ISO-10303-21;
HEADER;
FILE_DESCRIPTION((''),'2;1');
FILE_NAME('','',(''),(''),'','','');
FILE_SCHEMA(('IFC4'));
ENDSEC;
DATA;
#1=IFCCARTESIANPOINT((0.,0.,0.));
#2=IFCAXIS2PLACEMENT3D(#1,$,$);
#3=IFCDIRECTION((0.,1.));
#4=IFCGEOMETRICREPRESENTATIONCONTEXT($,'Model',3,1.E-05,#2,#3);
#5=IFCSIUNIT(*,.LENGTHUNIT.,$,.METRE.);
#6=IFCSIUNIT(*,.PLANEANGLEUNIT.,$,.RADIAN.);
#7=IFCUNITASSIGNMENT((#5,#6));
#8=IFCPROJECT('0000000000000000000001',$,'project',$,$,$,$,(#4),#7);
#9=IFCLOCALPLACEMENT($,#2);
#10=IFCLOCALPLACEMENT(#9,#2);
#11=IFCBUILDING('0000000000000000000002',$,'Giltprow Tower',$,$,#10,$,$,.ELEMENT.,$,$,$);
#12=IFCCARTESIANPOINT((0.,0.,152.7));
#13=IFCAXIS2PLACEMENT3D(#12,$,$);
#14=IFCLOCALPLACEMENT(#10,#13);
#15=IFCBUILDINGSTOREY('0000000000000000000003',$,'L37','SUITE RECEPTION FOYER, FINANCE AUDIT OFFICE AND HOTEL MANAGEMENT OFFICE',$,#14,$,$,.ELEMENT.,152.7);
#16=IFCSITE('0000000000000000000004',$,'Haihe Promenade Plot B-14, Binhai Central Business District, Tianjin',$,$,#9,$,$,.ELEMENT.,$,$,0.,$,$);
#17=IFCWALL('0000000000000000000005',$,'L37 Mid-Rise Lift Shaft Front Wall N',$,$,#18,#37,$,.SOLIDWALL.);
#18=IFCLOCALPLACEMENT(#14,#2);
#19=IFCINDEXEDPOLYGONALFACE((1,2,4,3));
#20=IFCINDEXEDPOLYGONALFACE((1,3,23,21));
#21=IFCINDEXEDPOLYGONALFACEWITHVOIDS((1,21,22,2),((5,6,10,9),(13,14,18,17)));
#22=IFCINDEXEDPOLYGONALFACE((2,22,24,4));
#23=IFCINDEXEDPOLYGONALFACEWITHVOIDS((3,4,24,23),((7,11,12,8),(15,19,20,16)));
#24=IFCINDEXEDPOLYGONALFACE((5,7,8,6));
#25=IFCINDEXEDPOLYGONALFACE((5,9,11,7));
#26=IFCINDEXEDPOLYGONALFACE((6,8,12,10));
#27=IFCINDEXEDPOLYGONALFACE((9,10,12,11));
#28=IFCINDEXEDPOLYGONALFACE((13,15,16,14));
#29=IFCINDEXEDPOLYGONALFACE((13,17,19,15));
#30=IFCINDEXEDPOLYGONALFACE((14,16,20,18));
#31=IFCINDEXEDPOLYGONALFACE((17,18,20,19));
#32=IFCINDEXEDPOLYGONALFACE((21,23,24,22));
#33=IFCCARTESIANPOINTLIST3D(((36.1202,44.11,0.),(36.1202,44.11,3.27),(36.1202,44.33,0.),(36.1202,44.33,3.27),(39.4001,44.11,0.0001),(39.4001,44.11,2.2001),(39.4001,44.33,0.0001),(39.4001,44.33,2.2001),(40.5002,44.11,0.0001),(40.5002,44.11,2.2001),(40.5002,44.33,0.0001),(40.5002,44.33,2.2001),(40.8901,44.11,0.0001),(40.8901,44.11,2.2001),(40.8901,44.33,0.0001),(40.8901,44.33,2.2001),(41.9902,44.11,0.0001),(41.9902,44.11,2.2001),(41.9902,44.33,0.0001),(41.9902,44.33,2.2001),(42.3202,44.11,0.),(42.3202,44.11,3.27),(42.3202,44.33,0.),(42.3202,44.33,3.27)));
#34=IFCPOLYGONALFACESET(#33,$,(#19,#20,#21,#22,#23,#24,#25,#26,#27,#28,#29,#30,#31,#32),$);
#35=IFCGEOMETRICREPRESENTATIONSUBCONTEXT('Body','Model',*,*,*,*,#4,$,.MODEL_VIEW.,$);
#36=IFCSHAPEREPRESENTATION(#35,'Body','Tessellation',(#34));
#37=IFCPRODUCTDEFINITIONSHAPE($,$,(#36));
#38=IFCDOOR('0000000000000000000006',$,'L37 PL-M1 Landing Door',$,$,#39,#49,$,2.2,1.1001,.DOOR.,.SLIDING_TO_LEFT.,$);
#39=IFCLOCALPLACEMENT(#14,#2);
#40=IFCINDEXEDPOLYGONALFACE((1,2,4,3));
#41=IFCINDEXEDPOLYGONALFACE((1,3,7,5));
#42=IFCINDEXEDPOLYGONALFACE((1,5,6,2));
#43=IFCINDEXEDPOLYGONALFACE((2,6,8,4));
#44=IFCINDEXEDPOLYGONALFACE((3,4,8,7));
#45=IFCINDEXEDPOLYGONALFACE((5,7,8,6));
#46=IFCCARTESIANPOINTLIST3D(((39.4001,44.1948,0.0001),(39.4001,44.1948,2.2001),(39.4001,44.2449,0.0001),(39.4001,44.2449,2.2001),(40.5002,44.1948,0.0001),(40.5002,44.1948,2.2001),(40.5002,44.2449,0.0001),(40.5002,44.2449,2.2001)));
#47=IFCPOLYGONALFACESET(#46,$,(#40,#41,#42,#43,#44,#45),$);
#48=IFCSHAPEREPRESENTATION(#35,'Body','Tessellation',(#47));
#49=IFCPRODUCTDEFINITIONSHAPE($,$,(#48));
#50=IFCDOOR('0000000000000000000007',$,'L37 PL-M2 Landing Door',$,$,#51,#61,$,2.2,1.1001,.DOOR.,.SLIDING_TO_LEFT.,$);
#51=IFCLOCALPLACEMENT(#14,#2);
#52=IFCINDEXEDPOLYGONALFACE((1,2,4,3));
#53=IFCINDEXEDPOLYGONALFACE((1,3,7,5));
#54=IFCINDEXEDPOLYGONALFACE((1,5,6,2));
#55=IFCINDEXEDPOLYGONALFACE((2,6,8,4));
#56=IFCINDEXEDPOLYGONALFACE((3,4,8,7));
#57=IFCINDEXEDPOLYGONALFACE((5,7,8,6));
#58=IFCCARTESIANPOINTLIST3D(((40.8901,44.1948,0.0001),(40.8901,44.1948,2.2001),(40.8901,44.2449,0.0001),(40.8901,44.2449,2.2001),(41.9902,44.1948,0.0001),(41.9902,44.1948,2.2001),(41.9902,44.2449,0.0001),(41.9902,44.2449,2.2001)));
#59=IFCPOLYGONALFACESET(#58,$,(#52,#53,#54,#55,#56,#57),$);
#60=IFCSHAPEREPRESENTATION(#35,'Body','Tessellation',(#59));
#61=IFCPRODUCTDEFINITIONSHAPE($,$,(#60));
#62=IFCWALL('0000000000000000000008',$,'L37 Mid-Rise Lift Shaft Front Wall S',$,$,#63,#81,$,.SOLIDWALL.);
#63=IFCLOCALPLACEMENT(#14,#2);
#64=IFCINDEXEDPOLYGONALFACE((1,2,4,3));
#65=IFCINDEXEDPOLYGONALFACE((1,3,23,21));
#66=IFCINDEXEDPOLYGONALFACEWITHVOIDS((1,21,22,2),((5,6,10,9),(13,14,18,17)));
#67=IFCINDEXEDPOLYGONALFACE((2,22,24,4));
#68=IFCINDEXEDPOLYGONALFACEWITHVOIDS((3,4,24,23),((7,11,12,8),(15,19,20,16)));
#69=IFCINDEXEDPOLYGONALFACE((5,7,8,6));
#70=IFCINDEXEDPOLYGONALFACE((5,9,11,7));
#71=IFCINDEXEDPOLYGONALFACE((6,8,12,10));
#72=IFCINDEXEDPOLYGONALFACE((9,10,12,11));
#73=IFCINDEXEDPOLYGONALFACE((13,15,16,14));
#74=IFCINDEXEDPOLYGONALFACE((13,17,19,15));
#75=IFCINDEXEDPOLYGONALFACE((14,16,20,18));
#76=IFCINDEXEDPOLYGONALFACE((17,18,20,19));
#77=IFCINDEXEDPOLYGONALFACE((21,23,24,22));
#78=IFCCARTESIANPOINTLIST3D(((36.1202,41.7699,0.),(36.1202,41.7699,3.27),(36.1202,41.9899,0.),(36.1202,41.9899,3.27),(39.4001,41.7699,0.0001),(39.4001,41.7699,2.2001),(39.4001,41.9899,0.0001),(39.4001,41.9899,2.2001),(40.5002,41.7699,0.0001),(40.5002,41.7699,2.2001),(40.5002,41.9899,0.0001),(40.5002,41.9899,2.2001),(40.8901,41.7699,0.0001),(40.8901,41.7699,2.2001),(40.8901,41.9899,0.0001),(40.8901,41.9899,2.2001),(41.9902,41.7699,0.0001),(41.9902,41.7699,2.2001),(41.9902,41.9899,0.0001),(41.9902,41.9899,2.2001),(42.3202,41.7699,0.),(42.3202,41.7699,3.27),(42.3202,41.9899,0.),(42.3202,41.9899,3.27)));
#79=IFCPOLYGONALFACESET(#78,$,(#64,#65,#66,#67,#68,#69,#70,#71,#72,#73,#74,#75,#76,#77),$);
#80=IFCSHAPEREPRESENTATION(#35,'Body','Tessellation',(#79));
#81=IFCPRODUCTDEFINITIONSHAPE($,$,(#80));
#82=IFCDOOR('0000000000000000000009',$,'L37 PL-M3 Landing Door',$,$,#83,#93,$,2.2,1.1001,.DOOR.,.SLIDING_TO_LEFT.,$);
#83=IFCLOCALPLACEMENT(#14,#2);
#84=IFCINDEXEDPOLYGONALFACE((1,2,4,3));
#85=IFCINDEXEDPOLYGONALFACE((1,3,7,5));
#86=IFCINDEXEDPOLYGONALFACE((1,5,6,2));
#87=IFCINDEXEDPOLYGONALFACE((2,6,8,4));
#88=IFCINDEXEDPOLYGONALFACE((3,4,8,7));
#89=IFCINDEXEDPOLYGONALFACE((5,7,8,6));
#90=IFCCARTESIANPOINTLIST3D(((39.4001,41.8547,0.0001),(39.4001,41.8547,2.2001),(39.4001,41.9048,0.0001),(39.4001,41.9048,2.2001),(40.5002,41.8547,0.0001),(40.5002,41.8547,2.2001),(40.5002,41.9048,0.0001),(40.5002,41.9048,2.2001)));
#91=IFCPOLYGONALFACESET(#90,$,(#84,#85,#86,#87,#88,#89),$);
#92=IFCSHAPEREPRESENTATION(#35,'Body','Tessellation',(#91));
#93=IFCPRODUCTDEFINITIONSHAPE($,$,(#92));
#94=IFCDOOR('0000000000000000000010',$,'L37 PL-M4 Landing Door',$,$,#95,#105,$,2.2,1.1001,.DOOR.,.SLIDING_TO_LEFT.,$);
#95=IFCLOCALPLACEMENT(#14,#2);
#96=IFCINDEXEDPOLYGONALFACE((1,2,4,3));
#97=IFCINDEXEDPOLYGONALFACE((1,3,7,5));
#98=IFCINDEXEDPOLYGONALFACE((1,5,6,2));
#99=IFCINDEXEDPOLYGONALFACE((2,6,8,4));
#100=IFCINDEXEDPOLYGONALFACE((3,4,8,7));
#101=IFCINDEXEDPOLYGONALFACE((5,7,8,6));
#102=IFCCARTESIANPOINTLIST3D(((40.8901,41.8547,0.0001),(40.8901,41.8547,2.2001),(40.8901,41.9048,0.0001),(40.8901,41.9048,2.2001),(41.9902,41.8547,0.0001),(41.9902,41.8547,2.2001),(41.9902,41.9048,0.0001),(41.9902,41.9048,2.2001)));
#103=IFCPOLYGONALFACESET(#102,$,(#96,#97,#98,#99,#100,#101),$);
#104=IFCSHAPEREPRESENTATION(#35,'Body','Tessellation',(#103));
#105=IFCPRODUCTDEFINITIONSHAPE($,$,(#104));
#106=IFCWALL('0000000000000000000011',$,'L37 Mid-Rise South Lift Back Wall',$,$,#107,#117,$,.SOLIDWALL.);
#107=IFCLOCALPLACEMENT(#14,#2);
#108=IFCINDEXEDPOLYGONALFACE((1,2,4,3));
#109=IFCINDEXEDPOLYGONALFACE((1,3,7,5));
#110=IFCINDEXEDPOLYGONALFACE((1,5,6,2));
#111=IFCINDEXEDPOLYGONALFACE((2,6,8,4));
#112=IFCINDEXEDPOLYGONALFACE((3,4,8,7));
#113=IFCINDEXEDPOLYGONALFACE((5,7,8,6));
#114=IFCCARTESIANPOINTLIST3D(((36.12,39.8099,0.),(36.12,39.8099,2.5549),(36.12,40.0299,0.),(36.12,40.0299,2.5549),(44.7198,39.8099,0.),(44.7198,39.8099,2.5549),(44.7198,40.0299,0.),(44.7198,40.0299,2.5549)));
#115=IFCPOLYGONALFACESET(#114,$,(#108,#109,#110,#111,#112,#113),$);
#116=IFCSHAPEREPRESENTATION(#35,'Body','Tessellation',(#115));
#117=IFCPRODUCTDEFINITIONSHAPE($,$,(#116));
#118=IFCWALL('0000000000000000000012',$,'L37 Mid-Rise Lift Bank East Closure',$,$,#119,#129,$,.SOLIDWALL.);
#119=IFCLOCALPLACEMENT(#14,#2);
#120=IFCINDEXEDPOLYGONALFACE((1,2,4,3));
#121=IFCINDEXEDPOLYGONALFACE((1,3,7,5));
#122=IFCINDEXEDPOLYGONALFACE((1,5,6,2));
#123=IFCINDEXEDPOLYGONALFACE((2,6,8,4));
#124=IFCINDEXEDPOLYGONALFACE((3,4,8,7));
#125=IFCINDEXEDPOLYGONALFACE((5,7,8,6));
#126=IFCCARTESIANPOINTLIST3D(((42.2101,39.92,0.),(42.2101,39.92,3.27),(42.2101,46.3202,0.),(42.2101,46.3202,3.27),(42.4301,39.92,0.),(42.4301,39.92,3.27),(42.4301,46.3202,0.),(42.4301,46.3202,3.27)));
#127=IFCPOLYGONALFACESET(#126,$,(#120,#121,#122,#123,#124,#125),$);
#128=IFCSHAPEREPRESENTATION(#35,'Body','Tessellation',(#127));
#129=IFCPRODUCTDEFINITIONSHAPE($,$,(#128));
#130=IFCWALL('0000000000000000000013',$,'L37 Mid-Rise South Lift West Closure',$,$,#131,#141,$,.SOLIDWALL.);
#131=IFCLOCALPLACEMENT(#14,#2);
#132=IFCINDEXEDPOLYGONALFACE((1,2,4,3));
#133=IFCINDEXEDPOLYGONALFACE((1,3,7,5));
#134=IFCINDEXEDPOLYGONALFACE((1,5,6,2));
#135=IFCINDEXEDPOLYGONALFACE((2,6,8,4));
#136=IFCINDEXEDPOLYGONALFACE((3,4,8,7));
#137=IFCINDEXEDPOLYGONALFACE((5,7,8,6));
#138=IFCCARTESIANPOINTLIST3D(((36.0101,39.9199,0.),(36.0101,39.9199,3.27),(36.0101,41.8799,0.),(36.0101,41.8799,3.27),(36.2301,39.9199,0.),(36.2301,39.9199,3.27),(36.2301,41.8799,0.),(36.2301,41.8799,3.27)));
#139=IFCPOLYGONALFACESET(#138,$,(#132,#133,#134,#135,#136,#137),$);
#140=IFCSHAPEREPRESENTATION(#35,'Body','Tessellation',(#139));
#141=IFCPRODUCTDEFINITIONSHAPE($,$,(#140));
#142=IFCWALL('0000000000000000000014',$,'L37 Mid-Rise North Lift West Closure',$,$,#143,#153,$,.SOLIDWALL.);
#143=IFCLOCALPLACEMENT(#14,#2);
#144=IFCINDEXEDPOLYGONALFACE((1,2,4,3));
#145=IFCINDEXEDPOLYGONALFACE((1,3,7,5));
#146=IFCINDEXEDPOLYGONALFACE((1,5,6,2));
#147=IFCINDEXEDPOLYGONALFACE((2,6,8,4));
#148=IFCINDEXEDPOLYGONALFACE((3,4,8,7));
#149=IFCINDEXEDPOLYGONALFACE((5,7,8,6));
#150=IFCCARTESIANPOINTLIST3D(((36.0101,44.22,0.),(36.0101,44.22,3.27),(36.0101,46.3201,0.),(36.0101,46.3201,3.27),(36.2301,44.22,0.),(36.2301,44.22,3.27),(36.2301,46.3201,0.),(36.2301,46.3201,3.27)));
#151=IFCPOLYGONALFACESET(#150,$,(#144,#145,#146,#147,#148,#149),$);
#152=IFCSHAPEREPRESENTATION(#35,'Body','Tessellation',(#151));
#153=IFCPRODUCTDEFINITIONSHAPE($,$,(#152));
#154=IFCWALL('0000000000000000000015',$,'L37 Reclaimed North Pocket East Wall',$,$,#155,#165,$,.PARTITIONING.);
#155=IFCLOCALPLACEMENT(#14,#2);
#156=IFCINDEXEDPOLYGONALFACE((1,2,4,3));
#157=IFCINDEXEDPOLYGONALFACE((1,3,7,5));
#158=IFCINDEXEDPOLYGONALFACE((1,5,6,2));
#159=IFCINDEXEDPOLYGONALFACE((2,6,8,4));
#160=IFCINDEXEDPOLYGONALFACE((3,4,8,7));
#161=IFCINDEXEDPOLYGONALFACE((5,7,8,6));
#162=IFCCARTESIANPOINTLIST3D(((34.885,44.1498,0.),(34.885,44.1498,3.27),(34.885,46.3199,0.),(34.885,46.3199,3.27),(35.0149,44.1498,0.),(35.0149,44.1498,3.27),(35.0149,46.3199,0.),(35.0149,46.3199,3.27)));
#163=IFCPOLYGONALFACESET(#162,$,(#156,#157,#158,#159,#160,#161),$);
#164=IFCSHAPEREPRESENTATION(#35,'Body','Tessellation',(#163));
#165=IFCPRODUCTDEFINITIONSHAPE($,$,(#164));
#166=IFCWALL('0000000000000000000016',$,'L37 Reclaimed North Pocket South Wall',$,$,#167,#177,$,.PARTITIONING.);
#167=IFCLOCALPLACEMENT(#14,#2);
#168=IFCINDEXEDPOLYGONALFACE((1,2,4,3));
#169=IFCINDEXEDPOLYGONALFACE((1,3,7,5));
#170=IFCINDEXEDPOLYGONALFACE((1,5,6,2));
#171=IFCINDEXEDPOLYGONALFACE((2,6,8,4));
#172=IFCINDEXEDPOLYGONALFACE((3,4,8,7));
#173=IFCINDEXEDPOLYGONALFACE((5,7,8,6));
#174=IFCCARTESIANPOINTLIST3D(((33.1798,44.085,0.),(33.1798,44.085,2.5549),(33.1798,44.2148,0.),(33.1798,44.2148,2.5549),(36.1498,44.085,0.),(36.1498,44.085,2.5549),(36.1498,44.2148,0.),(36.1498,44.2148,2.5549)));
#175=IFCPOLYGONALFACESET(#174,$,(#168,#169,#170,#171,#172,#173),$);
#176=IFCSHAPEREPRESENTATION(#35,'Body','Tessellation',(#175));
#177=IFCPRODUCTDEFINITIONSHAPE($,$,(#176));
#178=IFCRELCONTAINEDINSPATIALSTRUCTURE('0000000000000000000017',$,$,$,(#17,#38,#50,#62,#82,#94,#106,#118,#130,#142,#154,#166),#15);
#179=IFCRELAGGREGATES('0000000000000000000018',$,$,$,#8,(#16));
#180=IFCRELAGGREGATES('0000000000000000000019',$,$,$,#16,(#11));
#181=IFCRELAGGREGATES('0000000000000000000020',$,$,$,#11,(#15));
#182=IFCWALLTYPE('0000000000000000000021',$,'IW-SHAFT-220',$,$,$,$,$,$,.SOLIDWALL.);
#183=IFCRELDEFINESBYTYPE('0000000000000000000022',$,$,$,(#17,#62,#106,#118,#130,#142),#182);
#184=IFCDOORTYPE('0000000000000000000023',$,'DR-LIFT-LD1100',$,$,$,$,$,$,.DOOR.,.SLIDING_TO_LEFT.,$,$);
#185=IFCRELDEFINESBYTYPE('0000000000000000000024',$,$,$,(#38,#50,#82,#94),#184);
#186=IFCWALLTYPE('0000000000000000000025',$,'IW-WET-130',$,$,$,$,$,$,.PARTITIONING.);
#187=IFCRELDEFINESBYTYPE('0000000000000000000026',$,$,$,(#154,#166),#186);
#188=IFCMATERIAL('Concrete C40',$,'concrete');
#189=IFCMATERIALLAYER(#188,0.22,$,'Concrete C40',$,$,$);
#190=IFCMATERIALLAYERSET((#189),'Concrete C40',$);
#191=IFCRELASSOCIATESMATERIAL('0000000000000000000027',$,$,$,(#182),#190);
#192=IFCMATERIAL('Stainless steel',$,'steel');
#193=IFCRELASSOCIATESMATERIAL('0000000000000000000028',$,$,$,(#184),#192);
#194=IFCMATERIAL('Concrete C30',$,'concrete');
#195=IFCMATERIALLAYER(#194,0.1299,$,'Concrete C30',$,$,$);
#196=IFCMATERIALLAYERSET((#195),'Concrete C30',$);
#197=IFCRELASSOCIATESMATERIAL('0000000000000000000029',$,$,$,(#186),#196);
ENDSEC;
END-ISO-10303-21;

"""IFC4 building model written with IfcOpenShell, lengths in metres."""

from ifc_helpers import new_model, si_unit, direction, frame, frame_2d, origin, place, context, subcontext, project, spatial, rectangle, extrude, source, transform, mapped, material, layer, layer_set, type_object, element, fill, save


model = new_model("IFC4")

# Units and contexts
model_context = context("Model", 3, precision=1e-05, world=origin(), true_north=direction((0.0, 1.0)))
body_context = subcontext(model_context, "Body", "Model", "MODEL_VIEW")
ifc_project = project(units=[si_unit("LENGTHUNIT", "METRE"), si_unit("PLANEANGLEUNIT", "RADIAN")], contexts=[model_context])

# Site, building, storey
site_placement = place(None, origin())
site = spatial("IfcSite", under=ifc_project, at=site_placement, Name="Haihe Promenade Plot B-14, Binhai Central Business District, Tianjin", CompositionType="ELEMENT", RefElevation=0.0)
building_placement = place(site_placement, origin())
building = spatial("IfcBuilding", under=site, at=building_placement, Name="Giltprow Tower", CompositionType="ELEMENT")
storey_placement = place(building_placement, frame((0.0, 0.0, 152.7)))
storey = spatial("IfcBuildingStorey", under=building, at=storey_placement, Name="L37", Description="SUITE RECEPTION FOYER, FINANCE AUDIT OFFICE AND HOTEL MANAGEMENT OFFICE", CompositionType="ELEMENT", Elevation=152.7)

# Shared definitions
ifc_material_1 = material(Name="Concrete C40", Category="concrete")
ifc_layer_1 = layer(ifc_material_1, 0.22, Name="Concrete C40")
ifc_layer_set_1 = layer_set([ifc_layer_1], Name="Concrete C40")
wall_type_1 = type_object("IfcWallType", Name="IW-SHAFT-220", PredefinedType="SOLIDWALL", material=ifc_layer_set_1)
ifc_material_2 = material(Name="Stainless steel", Category="steel")
door_type = type_object("IfcDoorType", Name="DR-LIFT-LD1100", OperationType="SLIDING_TO_LEFT", PredefinedType="DOOR", material=ifc_material_2)
shared_shape_1 = source(origin(), body_context, "Body", "SweptSolid", [
    extrude(rectangle(XDim=1.1001, YDim=2.2, at=frame_2d((0.55, 1.1001))), frame((0.0, 0.0249, 0.0), z_axis=(0.0, -1.0, 0.0), x_axis=(1.0, 0.0, 0.0)), (0.0, 0.0, 1.0), 0.05),
])

# Walls, openings, doors
wall_1_placement = place(storey_placement, frame((36.1201, 44.22, 0.0), z_axis=(0.0, 0.0, 1.0), x_axis=(1.0, 0.0, 0.0)))
wall_1 = element("IfcWall", 1, at=wall_1_placement, inside=storey, type_object=wall_type_1, Name="L37 Mid-Rise Lift Shaft Front Wall N", PredefinedType="SOLIDWALL", context=body_context, shape_type="SweptSolid", body=[
    extrude(rectangle(XDim=6.2, YDim=0.22, at=frame_2d((3.1001, 0.0))), origin(), (0.0, 0.0, 1.0), 3.27),
])
opening_1_placement = place(wall_1_placement, frame((3.28, 0.0, 0.0)))
opening_1 = element("IfcOpeningElement", 2, at=opening_1_placement, cuts=wall_1, PredefinedType="OPENING", context=body_context, shape_type="SweptSolid", body=[
    extrude(rectangle(XDim=1.1001, YDim=2.2, at=frame_2d((0.55, 1.1001))), frame((0.0, 0.1199, 0.0), z_axis=(0.0, -1.0, 0.0), x_axis=(1.0, 0.0, 0.0)), (0.0, 0.0, 1.0), 0.24),
])
opening_2_placement = place(wall_1_placement, frame((4.77, 0.0, 0.0)))
opening_2 = element("IfcOpeningElement", 3, at=opening_2_placement, cuts=wall_1, PredefinedType="OPENING", context=body_context, shape_type="SweptSolid", body=[
    extrude(rectangle(XDim=1.1001, YDim=2.2, at=frame_2d((0.55, 1.1001))), frame((0.0, 0.1199, 0.0), z_axis=(0.0, -1.0, 0.0), x_axis=(1.0, 0.0, 0.0)), (0.0, 0.0, 1.0), 0.24),
])
door_1_placement = place(opening_1_placement, origin())
door_1 = element("IfcDoor", 4, at=door_1_placement, inside=storey, type_object=door_type, Name="L37 PL-M1 Landing Door", OperationType="SLIDING_TO_LEFT", OverallHeight=2.2, OverallWidth=1.1001, PredefinedType="DOOR", context=body_context, shape_type="MappedRepresentation", body=[
    mapped(shared_shape_1, transform((0.0, 0.0, 0.0), x_axis=(1.0, 0.0, 0.0), y_axis=(0.0, 1.0, 0.0), z_axis=(0.0, 0.0, 1.0), scale=1.0)),
])
fill(opening_1, door_1)
door_2_placement = place(opening_2_placement, origin())
door_2 = element("IfcDoor", 5, at=door_2_placement, inside=storey, type_object=door_type, Name="L37 PL-M2 Landing Door", OperationType="SLIDING_TO_LEFT", OverallHeight=2.2, OverallWidth=1.1001, PredefinedType="DOOR", context=body_context, shape_type="MappedRepresentation", body=[
    mapped(shared_shape_1, transform((0.0, 0.0, 0.0), x_axis=(1.0, 0.0, 0.0), y_axis=(0.0, 1.0, 0.0), z_axis=(0.0, 0.0, 1.0), scale=1.0)),
])
fill(opening_2, door_2)
wall_2_placement = place(storey_placement, frame((36.1201, 41.8799, 0.0), z_axis=(0.0, 0.0, 1.0), x_axis=(1.0, 0.0, 0.0)))
wall_2 = element("IfcWall", 6, at=wall_2_placement, inside=storey, type_object=wall_type_1, Name="L37 Mid-Rise Lift Shaft Front Wall S", PredefinedType="SOLIDWALL", context=body_context, shape_type="SweptSolid", body=[
    extrude(rectangle(XDim=6.2, YDim=0.22, at=frame_2d((3.1001, 0.0))), origin(), (0.0, 0.0, 1.0), 3.27),
])
opening_3_placement = place(wall_2_placement, frame((3.28, 0.0, 0.0)))
opening_3 = element("IfcOpeningElement", 7, at=opening_3_placement, cuts=wall_2, PredefinedType="OPENING", context=body_context, shape_type="SweptSolid", body=[
    extrude(rectangle(XDim=1.1001, YDim=2.2, at=frame_2d((0.55, 1.1001))), frame((0.0, 0.1199, 0.0), z_axis=(0.0, -1.0, 0.0), x_axis=(1.0, 0.0, 0.0)), (0.0, 0.0, 1.0), 0.24),
])
opening_4_placement = place(wall_2_placement, frame((4.77, 0.0, 0.0)))
opening_4 = element("IfcOpeningElement", 8, at=opening_4_placement, cuts=wall_2, PredefinedType="OPENING", context=body_context, shape_type="SweptSolid", body=[
    extrude(rectangle(XDim=1.1001, YDim=2.2, at=frame_2d((0.55, 1.1001))), frame((0.0, 0.1199, 0.0), z_axis=(0.0, -1.0, 0.0), x_axis=(1.0, 0.0, 0.0)), (0.0, 0.0, 1.0), 0.24),
])
door_3_placement = place(opening_3_placement, origin())
door_3 = element("IfcDoor", 9, at=door_3_placement, inside=storey, type_object=door_type, Name="L37 PL-M3 Landing Door", OperationType="SLIDING_TO_LEFT", OverallHeight=2.2, OverallWidth=1.1001, PredefinedType="DOOR", context=body_context, shape_type="MappedRepresentation", body=[
    mapped(shared_shape_1, transform((0.0, 0.0, 0.0), x_axis=(1.0, 0.0, 0.0), y_axis=(0.0, 1.0, 0.0), z_axis=(0.0, 0.0, 1.0), scale=1.0)),
])
fill(opening_3, door_3)
door_4_placement = place(opening_4_placement, origin())
door_4 = element("IfcDoor", 10, at=door_4_placement, inside=storey, type_object=door_type, Name="L37 PL-M4 Landing Door", OperationType="SLIDING_TO_LEFT", OverallHeight=2.2, OverallWidth=1.1001, PredefinedType="DOOR", context=body_context, shape_type="MappedRepresentation", body=[
    mapped(shared_shape_1, transform((0.0, 0.0, 0.0), x_axis=(1.0, 0.0, 0.0), y_axis=(0.0, 1.0, 0.0), z_axis=(0.0, 0.0, 1.0), scale=1.0)),
])
fill(opening_4, door_4)

# Walls
wall_3_placement = place(storey_placement, frame((36.1201, 39.9199, 0.0), z_axis=(0.0, 0.0, 1.0), x_axis=(1.0, 0.0, 0.0)))
element("IfcWall", 11, at=wall_3_placement, inside=storey, type_object=wall_type_1, Name="L37 Mid-Rise South Lift Back Wall", PredefinedType="SOLIDWALL", context=body_context, shape_type="SweptSolid", body=[
    extrude(rectangle(XDim=8.5999, YDim=0.22, at=frame_2d((4.2998, 0.0))), origin(), (0.0, 0.0, 1.0), 2.5549),
])
wall_4_placement = place(storey_placement, frame((42.3201, 39.9199, 0.0), z_axis=(0.0, 0.0, 1.0), x_axis=(0.0, 1.0, 0.0)))
element("IfcWall", 12, at=wall_4_placement, inside=storey, type_object=wall_type_1, Name="L37 Mid-Rise Lift Bank East Closure", PredefinedType="SOLIDWALL", context=body_context, shape_type="SweptSolid", body=[
    extrude(rectangle(XDim=6.4001, YDim=0.22, at=frame_2d((3.2002, 0.0))), origin(), (0.0, 0.0, 1.0), 3.27),
])
wall_5_placement = place(storey_placement, frame((36.1201, 39.9199, 0.0), z_axis=(0.0, 0.0, 1.0), x_axis=(0.0, 1.0, 0.0)))
element("IfcWall", 13, at=wall_5_placement, inside=storey, type_object=wall_type_1, Name="L37 Mid-Rise South Lift West Closure", PredefinedType="SOLIDWALL", context=body_context, shape_type="SweptSolid", body=[
    extrude(rectangle(XDim=1.96, YDim=0.22, at=frame_2d((0.98, 0.0))), origin(), (0.0, 0.0, 1.0), 3.27),
])
wall_6_placement = place(storey_placement, frame((36.1201, 44.22, 0.0), z_axis=(0.0, 0.0, 1.0), x_axis=(0.0, 1.0, 0.0)))
element("IfcWall", 14, at=wall_6_placement, inside=storey, type_object=wall_type_1, Name="L37 Mid-Rise North Lift West Closure", PredefinedType="SOLIDWALL", context=body_context, shape_type="SweptSolid", body=[
    extrude(rectangle(XDim=2.1001, YDim=0.22, at=frame_2d((1.05, 0.0))), origin(), (0.0, 0.0, 1.0), 3.27),
])
ifc_material_3 = material(Name="Concrete C30", Category="concrete")
ifc_layer_2 = layer(ifc_material_3, 0.1299, Name="Concrete C30")
ifc_layer_set_2 = layer_set([ifc_layer_2], Name="Concrete C30")
wall_type_2 = type_object("IfcWallType", Name="IW-WET-130", PredefinedType="PARTITIONING", material=ifc_layer_set_2)
wall_7_placement = place(storey_placement, frame((34.95, 44.1499, 0.0), z_axis=(0.0, 0.0, 1.0), x_axis=(0.0, 1.0, 0.0)))
element("IfcWall", 15, at=wall_7_placement, inside=storey, type_object=wall_type_2, Name="L37 Reclaimed North Pocket East Wall", PredefinedType="PARTITIONING", context=body_context, shape_type="SweptSolid", body=[
    extrude(rectangle(XDim=2.1702, YDim=0.1299, at=frame_2d((1.085, 0.0))), origin(), (0.0, 0.0, 1.0), 3.27),
])
wall_8_placement = place(storey_placement, frame((33.1799, 44.1499, 0.0), z_axis=(0.0, 0.0, 1.0), x_axis=(1.0, 0.0, 0.0)))
element("IfcWall", 16, at=wall_8_placement, inside=storey, type_object=wall_type_2, Name="L37 Reclaimed North Pocket South Wall", PredefinedType="PARTITIONING", context=body_context, shape_type="SweptSolid", body=[
    extrude(rectangle(XDim=2.97, YDim=0.1299, at=frame_2d((1.4849, 0.0))), origin(), (0.0, 0.0, 1.0), 2.5549),
])

save(model, "model.ifc")
